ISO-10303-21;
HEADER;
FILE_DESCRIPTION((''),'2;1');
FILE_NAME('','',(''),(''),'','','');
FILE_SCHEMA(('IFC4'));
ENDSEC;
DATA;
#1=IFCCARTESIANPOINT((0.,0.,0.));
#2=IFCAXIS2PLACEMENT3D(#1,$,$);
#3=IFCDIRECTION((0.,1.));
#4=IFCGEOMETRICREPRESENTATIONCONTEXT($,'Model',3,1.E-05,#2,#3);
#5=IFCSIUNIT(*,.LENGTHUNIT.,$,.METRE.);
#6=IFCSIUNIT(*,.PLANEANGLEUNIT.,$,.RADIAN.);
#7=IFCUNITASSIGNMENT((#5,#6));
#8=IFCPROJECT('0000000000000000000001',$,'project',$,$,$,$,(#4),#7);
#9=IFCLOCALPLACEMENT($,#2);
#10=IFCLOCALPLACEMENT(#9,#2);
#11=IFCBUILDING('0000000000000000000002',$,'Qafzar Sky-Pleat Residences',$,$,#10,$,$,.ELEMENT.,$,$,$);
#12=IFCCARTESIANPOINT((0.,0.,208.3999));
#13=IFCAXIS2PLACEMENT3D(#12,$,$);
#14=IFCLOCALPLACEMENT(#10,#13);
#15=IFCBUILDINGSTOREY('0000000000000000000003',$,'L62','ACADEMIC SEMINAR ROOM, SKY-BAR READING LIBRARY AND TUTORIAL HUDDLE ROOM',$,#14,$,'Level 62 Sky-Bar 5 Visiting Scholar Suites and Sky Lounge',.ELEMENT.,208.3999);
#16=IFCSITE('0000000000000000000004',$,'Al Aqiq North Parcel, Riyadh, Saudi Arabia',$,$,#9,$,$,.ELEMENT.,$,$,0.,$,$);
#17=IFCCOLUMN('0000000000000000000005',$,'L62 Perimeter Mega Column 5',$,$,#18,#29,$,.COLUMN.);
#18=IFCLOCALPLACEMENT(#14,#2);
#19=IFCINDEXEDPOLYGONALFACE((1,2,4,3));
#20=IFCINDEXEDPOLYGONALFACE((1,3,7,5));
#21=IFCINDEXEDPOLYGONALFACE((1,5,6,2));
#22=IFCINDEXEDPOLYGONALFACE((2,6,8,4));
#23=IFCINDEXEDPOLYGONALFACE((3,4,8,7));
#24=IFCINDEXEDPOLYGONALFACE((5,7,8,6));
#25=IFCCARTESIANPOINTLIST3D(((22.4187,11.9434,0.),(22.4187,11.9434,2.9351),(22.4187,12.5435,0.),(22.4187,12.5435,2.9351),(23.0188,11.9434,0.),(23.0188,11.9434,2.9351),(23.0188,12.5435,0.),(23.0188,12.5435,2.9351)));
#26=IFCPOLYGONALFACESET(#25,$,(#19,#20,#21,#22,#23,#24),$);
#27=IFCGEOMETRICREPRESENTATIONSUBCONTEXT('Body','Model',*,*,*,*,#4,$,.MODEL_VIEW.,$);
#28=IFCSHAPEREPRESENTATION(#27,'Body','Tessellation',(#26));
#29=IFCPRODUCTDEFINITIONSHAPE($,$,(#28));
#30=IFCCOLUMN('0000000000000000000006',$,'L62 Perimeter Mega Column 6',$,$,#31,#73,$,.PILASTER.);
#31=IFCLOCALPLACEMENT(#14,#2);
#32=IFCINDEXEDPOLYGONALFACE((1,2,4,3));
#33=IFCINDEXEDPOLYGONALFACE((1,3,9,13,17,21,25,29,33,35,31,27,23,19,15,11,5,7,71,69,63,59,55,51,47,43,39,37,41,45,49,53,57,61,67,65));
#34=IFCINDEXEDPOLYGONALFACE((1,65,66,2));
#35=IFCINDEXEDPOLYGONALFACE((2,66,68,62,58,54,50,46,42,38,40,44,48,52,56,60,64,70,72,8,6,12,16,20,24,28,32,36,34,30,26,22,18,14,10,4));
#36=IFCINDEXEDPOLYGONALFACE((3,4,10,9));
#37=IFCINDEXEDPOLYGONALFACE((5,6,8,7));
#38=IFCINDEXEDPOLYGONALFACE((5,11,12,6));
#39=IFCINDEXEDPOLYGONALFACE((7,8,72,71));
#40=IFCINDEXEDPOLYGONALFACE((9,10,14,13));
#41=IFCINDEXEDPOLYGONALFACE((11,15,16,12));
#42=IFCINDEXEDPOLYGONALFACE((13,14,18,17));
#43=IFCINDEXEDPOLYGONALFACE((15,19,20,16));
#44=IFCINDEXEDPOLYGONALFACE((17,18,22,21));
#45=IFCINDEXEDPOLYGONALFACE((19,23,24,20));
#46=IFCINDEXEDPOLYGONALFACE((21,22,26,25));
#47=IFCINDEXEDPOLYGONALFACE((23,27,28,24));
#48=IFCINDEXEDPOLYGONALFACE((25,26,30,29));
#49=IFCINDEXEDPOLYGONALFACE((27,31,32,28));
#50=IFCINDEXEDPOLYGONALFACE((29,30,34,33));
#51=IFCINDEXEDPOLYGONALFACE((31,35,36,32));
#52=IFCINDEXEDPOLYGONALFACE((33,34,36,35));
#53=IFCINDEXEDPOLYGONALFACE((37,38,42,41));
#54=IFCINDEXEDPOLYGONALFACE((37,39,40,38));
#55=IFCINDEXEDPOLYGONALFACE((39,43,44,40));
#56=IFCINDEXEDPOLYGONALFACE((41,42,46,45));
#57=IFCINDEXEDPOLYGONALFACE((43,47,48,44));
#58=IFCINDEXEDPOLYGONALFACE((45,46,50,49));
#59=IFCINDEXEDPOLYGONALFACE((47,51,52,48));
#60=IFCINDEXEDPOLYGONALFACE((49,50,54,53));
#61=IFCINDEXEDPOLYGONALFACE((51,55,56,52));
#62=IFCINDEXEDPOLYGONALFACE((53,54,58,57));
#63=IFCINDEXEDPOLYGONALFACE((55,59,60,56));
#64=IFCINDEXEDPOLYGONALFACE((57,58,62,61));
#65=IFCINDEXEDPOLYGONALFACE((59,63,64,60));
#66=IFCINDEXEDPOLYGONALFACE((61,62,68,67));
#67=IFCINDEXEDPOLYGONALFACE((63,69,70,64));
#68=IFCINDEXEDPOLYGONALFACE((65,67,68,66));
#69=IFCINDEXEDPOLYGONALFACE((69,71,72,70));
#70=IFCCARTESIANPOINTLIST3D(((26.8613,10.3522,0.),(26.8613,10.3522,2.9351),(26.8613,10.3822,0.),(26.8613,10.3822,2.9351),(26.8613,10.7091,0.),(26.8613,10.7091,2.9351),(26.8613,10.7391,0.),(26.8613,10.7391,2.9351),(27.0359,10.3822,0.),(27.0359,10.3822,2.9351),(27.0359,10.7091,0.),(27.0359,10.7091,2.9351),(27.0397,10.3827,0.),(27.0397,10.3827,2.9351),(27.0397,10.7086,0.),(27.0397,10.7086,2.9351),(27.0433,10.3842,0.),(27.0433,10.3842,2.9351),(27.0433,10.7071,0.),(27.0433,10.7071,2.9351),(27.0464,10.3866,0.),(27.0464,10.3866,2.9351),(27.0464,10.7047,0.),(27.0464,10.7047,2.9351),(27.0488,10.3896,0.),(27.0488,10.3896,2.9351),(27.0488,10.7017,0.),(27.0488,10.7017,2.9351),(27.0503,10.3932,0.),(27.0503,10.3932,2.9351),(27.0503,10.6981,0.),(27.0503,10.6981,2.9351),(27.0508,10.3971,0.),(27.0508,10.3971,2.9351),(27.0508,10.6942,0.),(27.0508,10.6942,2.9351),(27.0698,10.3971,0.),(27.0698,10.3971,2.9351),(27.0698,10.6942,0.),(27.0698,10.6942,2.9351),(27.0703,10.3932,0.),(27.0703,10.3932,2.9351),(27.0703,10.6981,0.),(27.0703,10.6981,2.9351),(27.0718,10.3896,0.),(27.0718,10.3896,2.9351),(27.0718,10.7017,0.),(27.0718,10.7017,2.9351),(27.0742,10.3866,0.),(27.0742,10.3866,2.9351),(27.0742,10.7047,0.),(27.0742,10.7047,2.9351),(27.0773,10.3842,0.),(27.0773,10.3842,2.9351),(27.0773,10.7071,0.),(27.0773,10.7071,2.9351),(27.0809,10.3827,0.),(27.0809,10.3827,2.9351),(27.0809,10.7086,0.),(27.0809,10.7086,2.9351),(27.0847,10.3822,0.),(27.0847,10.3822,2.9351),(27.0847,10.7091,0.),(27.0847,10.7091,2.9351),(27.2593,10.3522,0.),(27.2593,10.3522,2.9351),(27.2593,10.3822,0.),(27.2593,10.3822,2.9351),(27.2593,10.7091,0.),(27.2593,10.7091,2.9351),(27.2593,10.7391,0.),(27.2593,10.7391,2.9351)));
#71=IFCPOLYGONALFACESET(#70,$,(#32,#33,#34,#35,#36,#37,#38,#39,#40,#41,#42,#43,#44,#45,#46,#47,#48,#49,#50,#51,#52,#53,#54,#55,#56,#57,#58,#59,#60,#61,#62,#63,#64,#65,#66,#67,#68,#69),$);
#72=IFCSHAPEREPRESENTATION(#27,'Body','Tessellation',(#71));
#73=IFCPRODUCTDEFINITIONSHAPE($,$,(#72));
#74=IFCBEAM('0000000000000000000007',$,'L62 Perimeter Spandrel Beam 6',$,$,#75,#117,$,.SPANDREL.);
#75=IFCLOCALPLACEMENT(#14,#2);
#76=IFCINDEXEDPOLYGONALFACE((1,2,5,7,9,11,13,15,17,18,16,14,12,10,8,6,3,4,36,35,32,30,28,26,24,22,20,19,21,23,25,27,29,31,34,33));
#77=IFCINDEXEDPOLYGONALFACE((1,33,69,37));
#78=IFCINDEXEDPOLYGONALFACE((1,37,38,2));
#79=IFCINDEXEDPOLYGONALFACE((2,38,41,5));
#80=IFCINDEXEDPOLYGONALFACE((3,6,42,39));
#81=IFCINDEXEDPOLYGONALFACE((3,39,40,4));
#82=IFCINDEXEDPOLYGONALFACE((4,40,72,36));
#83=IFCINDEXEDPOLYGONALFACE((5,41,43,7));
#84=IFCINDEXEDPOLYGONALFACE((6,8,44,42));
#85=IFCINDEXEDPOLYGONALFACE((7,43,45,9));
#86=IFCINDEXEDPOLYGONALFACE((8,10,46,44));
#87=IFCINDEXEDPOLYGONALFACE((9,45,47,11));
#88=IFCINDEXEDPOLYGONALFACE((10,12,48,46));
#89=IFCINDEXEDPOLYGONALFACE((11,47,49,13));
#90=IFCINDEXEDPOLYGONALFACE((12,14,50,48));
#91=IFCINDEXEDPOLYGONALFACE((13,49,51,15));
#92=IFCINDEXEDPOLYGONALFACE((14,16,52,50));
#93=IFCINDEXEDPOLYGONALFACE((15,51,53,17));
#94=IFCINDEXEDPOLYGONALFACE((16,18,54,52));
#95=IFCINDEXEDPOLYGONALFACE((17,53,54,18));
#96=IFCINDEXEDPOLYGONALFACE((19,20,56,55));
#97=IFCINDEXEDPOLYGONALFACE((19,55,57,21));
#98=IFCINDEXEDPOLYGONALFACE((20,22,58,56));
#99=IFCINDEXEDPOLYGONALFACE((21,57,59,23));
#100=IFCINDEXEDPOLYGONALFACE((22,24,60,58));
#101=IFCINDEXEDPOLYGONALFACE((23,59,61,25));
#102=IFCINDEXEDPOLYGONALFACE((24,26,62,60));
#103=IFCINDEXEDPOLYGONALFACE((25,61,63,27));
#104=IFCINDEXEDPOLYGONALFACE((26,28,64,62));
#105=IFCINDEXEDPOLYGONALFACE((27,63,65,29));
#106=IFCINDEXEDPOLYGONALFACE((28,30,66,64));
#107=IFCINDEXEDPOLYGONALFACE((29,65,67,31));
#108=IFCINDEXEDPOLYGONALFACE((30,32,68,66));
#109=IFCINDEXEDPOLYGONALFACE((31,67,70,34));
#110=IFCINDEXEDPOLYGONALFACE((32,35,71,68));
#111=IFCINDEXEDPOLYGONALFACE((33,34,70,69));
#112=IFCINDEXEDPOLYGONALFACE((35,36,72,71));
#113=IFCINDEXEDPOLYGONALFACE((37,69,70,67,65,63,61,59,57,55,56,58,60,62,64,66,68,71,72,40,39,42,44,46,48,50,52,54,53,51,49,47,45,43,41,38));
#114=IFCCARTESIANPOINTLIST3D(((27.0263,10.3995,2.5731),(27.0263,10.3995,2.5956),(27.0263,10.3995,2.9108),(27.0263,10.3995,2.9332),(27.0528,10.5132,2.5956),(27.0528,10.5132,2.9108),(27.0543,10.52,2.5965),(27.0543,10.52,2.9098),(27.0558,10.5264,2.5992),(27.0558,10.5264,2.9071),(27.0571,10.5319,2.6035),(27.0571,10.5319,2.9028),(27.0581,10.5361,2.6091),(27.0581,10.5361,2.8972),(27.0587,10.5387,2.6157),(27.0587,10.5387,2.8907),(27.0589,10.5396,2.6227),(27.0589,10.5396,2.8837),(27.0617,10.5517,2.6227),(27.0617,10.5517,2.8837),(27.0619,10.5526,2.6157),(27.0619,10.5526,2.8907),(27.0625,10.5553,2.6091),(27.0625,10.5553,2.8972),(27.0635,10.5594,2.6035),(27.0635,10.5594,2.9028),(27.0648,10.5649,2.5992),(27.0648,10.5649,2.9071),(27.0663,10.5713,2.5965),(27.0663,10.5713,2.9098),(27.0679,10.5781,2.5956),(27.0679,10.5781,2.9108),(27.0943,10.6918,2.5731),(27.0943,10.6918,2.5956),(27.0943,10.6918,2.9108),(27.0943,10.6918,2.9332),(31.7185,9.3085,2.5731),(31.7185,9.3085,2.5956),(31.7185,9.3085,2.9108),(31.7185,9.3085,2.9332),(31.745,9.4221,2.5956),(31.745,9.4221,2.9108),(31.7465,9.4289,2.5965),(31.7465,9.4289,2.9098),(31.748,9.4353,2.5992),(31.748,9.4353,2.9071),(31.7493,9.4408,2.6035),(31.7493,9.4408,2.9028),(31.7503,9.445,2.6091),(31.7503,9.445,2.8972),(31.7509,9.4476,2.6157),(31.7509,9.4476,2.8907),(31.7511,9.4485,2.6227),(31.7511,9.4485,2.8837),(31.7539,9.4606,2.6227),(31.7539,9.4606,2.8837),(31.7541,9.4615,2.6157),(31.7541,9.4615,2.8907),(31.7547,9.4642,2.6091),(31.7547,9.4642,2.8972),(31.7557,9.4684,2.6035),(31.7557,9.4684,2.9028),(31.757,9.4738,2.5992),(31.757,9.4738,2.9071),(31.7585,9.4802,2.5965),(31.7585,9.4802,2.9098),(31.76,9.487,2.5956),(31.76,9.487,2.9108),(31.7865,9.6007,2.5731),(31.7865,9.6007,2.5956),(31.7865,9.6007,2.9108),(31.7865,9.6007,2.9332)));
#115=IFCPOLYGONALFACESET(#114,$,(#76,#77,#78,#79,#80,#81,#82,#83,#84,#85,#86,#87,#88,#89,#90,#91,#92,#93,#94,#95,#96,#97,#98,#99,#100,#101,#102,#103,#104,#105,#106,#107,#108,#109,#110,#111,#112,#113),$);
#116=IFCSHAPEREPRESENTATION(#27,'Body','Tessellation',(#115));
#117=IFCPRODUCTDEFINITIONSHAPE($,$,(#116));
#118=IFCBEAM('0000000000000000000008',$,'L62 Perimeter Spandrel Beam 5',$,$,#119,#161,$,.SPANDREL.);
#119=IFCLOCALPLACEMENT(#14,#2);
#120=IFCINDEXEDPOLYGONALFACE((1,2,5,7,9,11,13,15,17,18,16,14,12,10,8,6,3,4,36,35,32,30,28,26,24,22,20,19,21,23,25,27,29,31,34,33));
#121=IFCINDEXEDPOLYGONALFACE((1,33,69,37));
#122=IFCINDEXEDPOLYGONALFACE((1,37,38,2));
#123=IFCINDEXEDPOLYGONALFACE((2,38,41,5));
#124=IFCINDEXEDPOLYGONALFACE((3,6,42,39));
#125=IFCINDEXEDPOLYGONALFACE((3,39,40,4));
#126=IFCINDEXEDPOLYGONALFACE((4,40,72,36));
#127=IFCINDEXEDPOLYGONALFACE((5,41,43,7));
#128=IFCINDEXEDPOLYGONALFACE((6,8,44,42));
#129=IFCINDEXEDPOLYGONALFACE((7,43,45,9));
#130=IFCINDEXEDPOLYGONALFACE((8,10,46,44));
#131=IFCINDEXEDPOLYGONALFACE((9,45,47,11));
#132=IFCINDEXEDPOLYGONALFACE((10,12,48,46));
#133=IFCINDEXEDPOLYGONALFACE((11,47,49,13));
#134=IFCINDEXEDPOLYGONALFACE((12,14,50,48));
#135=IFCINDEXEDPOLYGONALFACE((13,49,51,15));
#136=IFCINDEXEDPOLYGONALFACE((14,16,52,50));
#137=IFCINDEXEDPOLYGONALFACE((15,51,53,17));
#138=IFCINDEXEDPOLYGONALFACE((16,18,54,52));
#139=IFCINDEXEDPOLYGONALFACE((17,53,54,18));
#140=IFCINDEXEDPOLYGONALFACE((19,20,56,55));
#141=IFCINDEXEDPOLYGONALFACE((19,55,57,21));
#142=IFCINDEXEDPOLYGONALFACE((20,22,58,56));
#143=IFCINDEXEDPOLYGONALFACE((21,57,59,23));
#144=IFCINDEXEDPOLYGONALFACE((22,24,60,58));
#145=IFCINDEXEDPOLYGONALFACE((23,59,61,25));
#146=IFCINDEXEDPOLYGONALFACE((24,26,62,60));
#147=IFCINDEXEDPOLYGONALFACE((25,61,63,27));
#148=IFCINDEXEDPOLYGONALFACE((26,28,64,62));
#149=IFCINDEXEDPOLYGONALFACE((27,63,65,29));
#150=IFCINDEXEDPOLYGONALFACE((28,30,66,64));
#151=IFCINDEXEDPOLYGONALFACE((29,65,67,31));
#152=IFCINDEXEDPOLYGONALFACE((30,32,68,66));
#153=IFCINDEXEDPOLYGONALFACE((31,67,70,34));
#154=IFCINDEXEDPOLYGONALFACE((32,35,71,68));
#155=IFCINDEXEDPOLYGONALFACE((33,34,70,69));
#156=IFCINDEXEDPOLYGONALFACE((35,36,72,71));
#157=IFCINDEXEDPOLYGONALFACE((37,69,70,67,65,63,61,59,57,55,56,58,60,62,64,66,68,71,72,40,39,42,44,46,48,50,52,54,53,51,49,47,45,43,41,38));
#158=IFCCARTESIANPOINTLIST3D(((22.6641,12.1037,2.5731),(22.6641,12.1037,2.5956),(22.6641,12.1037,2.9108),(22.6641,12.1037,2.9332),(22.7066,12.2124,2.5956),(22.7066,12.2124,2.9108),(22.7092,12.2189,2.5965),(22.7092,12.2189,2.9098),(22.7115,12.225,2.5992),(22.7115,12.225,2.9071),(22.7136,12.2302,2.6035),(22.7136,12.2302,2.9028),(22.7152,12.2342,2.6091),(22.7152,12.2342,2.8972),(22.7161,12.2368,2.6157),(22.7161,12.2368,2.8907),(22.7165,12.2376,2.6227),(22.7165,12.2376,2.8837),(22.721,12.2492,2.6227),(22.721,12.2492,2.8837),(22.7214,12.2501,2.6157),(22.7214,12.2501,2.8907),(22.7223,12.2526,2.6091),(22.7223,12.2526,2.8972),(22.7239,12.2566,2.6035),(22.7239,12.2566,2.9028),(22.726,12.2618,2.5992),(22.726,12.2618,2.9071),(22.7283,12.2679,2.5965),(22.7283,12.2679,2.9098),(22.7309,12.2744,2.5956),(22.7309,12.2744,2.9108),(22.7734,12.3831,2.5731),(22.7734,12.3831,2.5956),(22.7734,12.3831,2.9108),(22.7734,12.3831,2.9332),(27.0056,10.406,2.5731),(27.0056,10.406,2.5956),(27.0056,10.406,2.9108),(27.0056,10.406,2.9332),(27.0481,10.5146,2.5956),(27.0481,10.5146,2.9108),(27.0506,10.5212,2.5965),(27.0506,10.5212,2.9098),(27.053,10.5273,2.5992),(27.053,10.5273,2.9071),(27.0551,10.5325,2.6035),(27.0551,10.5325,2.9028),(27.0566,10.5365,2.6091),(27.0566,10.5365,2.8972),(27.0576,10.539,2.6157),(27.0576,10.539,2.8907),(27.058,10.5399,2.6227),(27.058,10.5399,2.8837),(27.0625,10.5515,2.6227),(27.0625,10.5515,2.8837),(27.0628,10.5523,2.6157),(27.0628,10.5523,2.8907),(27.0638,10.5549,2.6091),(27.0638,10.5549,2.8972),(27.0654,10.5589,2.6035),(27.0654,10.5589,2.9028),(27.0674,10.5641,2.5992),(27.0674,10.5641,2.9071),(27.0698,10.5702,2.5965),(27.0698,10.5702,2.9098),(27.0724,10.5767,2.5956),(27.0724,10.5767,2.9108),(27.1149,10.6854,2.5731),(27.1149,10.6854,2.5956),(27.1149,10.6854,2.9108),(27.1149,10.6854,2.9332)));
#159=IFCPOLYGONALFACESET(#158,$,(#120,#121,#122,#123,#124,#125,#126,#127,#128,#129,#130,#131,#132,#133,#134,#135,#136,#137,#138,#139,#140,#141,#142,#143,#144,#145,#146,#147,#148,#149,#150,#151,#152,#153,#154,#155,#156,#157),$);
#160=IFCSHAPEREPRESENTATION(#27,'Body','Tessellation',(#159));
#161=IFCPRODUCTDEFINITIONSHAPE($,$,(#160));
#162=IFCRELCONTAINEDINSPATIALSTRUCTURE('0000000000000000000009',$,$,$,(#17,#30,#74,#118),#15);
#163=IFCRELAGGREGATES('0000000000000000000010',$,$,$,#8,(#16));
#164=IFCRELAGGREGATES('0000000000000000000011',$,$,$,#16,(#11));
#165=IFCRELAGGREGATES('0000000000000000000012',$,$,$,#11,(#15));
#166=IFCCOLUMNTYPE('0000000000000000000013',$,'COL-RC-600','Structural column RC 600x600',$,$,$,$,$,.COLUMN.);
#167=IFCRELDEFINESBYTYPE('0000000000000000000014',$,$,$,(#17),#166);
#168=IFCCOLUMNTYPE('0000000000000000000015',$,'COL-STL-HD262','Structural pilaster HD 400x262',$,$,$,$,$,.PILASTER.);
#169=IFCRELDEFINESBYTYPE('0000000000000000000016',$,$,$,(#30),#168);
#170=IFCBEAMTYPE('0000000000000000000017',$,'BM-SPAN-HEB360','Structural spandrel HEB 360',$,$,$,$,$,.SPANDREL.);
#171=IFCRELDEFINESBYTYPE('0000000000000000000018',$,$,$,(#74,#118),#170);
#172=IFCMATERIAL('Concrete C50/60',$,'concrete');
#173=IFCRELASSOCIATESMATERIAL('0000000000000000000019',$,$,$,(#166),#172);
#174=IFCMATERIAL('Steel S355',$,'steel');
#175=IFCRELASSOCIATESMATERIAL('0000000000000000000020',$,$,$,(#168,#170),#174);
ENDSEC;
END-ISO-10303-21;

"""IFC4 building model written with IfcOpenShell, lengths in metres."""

from ifc_helpers import new_model, si_unit, direction, frame, origin, origin_2d, place, context, subcontext, project, spatial, rectangle, i_section, extrude, source, transform, mapped, material, material_profile, profile_set, type_object, element, save


model = new_model("IFC4")

# Units and contexts
model_context = context("Model", 3, precision=1e-05, world=origin(), true_north=direction((0.0, 1.0)))
body_context = subcontext(model_context, "Body", "Model", "MODEL_VIEW")
ifc_project = project(units=[si_unit("LENGTHUNIT", "METRE"), si_unit("PLANEANGLEUNIT", "RADIAN")], contexts=[model_context])

# Site, building, storey
site_placement = place(None, origin())
site = spatial("IfcSite", under=ifc_project, at=site_placement, Name="Al Aqiq North Parcel, Riyadh, Saudi Arabia", CompositionType="ELEMENT", RefElevation=0.0)
building_placement = place(site_placement, origin())
building = spatial("IfcBuilding", under=site, at=building_placement, Name="Qafzar Sky-Pleat Residences", CompositionType="ELEMENT")
storey_placement = place(building_placement, frame((0.0, 0.0, 208.3999)))
storey = spatial("IfcBuildingStorey", under=building, at=storey_placement, Name="L62", Description="ACADEMIC SEMINAR ROOM, SKY-BAR READING LIBRARY AND TUTORIAL HUDDLE ROOM", LongName="Level 62 Sky-Bar 5 Visiting Scholar Suites and Sky Lounge", CompositionType="ELEMENT", Elevation=208.3999)

# Columns
ifc_material_1 = material(Name="Concrete C50/60", Category="concrete")
ifc_material_profile_1 = material_profile(ifc_material_1, rectangle(XDim=0.6001, YDim=0.6001, at=origin_2d()), Name="RC 600x600")
ifc_profile_set_1 = profile_set([ifc_material_profile_1], Name="Concrete C50/60")
column_type_1 = type_object("IfcColumnType", Name="COL-RC-600", Description="Structural column RC 600x600", PredefinedType="COLUMN", material=ifc_profile_set_1)
shared_shape_1 = source(origin(), body_context, "Body", "SweptSolid", [
    extrude(rectangle(XDim=0.6001, YDim=0.6001, at=origin_2d()), origin(), (0.0, 0.0, 1.0), 2.9351),
])
column_1_placement = place(storey_placement, frame((22.7188, 12.2434, 0.0), z_axis=(0.0, 0.0, 1.0), x_axis=(1.0, 0.0, 0.0)))
element("IfcColumn", 1, at=column_1_placement, inside=storey, type_object=column_type_1, Name="L62 Perimeter Mega Column 5", PredefinedType="COLUMN", context=body_context, shape_type="MappedRepresentation", body=[
    mapped(shared_shape_1, transform((0.0, 0.0, 0.0), x_axis=(1.0, 0.0, 0.0), y_axis=(0.0, 1.0, 0.0), z_axis=(0.0, 0.0, 1.0), scale=1.0)),
])
ifc_material_2 = material(Name="Steel S355", Category="steel")
ifc_material_profile_2 = material_profile(ifc_material_2, i_section(OverallWidth=0.3979, OverallDepth=0.387, WebThickness=0.019, FlangeThickness=0.03, FilletRadius=0.0149, at=origin_2d()), Name="HD 400x262")
ifc_profile_set_2 = profile_set([ifc_material_profile_2], Name="Steel S355")
column_type_2 = type_object("IfcColumnType", Name="COL-STL-HD262", Description="Structural pilaster HD 400x262", PredefinedType="PILASTER", material=ifc_profile_set_2)
shared_shape_2 = source(origin(), body_context, "Body", "SweptSolid", [
    extrude(i_section(OverallWidth=0.3979, OverallDepth=0.387, WebThickness=0.019, FlangeThickness=0.03, FilletRadius=0.0149, at=origin_2d()), origin(), (0.0, 0.0, 1.0), 2.9351),
])
column_2_placement = place(storey_placement, frame((27.0603, 10.5457, 0.0), z_axis=(0.0, 0.0, 1.0), x_axis=(1.0, 0.0, 0.0)))
element("IfcColumn", 2, at=column_2_placement, inside=storey, type_object=column_type_2, Name="L62 Perimeter Mega Column 6", PredefinedType="PILASTER", context=body_context, shape_type="MappedRepresentation", body=[
    mapped(shared_shape_2, transform((0.0, 0.0, 0.0), x_axis=(1.0, 0.0, 0.0), y_axis=(0.0, 1.0, 0.0), z_axis=(0.0, 0.0, 1.0), scale=1.0)),
])

# Beams
ifc_material_profile_3 = material_profile(ifc_material_2, i_section(OverallWidth=0.3, OverallDepth=0.3601, WebThickness=0.0125, FlangeThickness=0.0225, FilletRadius=0.0271, at=origin_2d()), Name="HEB 360")
ifc_profile_set_3 = profile_set([ifc_material_profile_3], Name="Steel S355")
beam_type_1 = type_object("IfcBeamType", Name="BM-SPAN-HEB360", Description="Structural spandrel HEB 360", PredefinedType="SPANDREL", material=ifc_profile_set_3)
shared_shape_3 = source(origin(), body_context, "Body", "SweptSolid", [
    extrude(i_section(OverallWidth=0.3, OverallDepth=0.3601, WebThickness=0.0125, FlangeThickness=0.0225, FilletRadius=0.0271, at=origin_2d()), origin(), (0.0, 0.0, 1.0), 4.8174),
])
beam_1_placement = place(storey_placement, frame((27.0603, 10.5457, 2.7532), z_axis=(0.974014, -0.226488, 0.0), x_axis=(0.226488, 0.974014, 0.0)))
element("IfcBeam", 3, at=beam_1_placement, inside=storey, type_object=beam_type_1, Name="L62 Perimeter Spandrel Beam 6", PredefinedType="SPANDREL", context=body_context, shape_type="MappedRepresentation", body=[
    mapped(shared_shape_3, transform((0.0, 0.0, 0.0), x_axis=(1.0, 0.0, 0.0), y_axis=(0.0, 1.0, 0.0), z_axis=(0.0, 0.0, 1.0), scale=1.0)),
])
shared_shape_4 = source(origin(), body_context, "Body", "SweptSolid", [
    extrude(i_section(OverallWidth=0.3, OverallDepth=0.3601, WebThickness=0.0125, FlangeThickness=0.0225, FilletRadius=0.0271, at=origin_2d()), origin(), (0.0, 0.0, 1.0), 4.6616),
])
beam_2_placement = place(storey_placement, frame((22.7188, 12.2434, 2.7532), z_axis=(0.931324, -0.364192, 0.0), x_axis=(0.364192, 0.931324, 0.0)))
element("IfcBeam", 4, at=beam_2_placement, inside=storey, type_object=beam_type_1, Name="L62 Perimeter Spandrel Beam 5", PredefinedType="SPANDREL", context=body_context, shape_type="MappedRepresentation", body=[
    mapped(shared_shape_4, transform((0.0, 0.0, 0.0), x_axis=(1.0, 0.0, 0.0), y_axis=(0.0, 1.0, 0.0), z_axis=(0.0, 0.0, 1.0), scale=1.0)),
])

save(model, "model.ifc")
